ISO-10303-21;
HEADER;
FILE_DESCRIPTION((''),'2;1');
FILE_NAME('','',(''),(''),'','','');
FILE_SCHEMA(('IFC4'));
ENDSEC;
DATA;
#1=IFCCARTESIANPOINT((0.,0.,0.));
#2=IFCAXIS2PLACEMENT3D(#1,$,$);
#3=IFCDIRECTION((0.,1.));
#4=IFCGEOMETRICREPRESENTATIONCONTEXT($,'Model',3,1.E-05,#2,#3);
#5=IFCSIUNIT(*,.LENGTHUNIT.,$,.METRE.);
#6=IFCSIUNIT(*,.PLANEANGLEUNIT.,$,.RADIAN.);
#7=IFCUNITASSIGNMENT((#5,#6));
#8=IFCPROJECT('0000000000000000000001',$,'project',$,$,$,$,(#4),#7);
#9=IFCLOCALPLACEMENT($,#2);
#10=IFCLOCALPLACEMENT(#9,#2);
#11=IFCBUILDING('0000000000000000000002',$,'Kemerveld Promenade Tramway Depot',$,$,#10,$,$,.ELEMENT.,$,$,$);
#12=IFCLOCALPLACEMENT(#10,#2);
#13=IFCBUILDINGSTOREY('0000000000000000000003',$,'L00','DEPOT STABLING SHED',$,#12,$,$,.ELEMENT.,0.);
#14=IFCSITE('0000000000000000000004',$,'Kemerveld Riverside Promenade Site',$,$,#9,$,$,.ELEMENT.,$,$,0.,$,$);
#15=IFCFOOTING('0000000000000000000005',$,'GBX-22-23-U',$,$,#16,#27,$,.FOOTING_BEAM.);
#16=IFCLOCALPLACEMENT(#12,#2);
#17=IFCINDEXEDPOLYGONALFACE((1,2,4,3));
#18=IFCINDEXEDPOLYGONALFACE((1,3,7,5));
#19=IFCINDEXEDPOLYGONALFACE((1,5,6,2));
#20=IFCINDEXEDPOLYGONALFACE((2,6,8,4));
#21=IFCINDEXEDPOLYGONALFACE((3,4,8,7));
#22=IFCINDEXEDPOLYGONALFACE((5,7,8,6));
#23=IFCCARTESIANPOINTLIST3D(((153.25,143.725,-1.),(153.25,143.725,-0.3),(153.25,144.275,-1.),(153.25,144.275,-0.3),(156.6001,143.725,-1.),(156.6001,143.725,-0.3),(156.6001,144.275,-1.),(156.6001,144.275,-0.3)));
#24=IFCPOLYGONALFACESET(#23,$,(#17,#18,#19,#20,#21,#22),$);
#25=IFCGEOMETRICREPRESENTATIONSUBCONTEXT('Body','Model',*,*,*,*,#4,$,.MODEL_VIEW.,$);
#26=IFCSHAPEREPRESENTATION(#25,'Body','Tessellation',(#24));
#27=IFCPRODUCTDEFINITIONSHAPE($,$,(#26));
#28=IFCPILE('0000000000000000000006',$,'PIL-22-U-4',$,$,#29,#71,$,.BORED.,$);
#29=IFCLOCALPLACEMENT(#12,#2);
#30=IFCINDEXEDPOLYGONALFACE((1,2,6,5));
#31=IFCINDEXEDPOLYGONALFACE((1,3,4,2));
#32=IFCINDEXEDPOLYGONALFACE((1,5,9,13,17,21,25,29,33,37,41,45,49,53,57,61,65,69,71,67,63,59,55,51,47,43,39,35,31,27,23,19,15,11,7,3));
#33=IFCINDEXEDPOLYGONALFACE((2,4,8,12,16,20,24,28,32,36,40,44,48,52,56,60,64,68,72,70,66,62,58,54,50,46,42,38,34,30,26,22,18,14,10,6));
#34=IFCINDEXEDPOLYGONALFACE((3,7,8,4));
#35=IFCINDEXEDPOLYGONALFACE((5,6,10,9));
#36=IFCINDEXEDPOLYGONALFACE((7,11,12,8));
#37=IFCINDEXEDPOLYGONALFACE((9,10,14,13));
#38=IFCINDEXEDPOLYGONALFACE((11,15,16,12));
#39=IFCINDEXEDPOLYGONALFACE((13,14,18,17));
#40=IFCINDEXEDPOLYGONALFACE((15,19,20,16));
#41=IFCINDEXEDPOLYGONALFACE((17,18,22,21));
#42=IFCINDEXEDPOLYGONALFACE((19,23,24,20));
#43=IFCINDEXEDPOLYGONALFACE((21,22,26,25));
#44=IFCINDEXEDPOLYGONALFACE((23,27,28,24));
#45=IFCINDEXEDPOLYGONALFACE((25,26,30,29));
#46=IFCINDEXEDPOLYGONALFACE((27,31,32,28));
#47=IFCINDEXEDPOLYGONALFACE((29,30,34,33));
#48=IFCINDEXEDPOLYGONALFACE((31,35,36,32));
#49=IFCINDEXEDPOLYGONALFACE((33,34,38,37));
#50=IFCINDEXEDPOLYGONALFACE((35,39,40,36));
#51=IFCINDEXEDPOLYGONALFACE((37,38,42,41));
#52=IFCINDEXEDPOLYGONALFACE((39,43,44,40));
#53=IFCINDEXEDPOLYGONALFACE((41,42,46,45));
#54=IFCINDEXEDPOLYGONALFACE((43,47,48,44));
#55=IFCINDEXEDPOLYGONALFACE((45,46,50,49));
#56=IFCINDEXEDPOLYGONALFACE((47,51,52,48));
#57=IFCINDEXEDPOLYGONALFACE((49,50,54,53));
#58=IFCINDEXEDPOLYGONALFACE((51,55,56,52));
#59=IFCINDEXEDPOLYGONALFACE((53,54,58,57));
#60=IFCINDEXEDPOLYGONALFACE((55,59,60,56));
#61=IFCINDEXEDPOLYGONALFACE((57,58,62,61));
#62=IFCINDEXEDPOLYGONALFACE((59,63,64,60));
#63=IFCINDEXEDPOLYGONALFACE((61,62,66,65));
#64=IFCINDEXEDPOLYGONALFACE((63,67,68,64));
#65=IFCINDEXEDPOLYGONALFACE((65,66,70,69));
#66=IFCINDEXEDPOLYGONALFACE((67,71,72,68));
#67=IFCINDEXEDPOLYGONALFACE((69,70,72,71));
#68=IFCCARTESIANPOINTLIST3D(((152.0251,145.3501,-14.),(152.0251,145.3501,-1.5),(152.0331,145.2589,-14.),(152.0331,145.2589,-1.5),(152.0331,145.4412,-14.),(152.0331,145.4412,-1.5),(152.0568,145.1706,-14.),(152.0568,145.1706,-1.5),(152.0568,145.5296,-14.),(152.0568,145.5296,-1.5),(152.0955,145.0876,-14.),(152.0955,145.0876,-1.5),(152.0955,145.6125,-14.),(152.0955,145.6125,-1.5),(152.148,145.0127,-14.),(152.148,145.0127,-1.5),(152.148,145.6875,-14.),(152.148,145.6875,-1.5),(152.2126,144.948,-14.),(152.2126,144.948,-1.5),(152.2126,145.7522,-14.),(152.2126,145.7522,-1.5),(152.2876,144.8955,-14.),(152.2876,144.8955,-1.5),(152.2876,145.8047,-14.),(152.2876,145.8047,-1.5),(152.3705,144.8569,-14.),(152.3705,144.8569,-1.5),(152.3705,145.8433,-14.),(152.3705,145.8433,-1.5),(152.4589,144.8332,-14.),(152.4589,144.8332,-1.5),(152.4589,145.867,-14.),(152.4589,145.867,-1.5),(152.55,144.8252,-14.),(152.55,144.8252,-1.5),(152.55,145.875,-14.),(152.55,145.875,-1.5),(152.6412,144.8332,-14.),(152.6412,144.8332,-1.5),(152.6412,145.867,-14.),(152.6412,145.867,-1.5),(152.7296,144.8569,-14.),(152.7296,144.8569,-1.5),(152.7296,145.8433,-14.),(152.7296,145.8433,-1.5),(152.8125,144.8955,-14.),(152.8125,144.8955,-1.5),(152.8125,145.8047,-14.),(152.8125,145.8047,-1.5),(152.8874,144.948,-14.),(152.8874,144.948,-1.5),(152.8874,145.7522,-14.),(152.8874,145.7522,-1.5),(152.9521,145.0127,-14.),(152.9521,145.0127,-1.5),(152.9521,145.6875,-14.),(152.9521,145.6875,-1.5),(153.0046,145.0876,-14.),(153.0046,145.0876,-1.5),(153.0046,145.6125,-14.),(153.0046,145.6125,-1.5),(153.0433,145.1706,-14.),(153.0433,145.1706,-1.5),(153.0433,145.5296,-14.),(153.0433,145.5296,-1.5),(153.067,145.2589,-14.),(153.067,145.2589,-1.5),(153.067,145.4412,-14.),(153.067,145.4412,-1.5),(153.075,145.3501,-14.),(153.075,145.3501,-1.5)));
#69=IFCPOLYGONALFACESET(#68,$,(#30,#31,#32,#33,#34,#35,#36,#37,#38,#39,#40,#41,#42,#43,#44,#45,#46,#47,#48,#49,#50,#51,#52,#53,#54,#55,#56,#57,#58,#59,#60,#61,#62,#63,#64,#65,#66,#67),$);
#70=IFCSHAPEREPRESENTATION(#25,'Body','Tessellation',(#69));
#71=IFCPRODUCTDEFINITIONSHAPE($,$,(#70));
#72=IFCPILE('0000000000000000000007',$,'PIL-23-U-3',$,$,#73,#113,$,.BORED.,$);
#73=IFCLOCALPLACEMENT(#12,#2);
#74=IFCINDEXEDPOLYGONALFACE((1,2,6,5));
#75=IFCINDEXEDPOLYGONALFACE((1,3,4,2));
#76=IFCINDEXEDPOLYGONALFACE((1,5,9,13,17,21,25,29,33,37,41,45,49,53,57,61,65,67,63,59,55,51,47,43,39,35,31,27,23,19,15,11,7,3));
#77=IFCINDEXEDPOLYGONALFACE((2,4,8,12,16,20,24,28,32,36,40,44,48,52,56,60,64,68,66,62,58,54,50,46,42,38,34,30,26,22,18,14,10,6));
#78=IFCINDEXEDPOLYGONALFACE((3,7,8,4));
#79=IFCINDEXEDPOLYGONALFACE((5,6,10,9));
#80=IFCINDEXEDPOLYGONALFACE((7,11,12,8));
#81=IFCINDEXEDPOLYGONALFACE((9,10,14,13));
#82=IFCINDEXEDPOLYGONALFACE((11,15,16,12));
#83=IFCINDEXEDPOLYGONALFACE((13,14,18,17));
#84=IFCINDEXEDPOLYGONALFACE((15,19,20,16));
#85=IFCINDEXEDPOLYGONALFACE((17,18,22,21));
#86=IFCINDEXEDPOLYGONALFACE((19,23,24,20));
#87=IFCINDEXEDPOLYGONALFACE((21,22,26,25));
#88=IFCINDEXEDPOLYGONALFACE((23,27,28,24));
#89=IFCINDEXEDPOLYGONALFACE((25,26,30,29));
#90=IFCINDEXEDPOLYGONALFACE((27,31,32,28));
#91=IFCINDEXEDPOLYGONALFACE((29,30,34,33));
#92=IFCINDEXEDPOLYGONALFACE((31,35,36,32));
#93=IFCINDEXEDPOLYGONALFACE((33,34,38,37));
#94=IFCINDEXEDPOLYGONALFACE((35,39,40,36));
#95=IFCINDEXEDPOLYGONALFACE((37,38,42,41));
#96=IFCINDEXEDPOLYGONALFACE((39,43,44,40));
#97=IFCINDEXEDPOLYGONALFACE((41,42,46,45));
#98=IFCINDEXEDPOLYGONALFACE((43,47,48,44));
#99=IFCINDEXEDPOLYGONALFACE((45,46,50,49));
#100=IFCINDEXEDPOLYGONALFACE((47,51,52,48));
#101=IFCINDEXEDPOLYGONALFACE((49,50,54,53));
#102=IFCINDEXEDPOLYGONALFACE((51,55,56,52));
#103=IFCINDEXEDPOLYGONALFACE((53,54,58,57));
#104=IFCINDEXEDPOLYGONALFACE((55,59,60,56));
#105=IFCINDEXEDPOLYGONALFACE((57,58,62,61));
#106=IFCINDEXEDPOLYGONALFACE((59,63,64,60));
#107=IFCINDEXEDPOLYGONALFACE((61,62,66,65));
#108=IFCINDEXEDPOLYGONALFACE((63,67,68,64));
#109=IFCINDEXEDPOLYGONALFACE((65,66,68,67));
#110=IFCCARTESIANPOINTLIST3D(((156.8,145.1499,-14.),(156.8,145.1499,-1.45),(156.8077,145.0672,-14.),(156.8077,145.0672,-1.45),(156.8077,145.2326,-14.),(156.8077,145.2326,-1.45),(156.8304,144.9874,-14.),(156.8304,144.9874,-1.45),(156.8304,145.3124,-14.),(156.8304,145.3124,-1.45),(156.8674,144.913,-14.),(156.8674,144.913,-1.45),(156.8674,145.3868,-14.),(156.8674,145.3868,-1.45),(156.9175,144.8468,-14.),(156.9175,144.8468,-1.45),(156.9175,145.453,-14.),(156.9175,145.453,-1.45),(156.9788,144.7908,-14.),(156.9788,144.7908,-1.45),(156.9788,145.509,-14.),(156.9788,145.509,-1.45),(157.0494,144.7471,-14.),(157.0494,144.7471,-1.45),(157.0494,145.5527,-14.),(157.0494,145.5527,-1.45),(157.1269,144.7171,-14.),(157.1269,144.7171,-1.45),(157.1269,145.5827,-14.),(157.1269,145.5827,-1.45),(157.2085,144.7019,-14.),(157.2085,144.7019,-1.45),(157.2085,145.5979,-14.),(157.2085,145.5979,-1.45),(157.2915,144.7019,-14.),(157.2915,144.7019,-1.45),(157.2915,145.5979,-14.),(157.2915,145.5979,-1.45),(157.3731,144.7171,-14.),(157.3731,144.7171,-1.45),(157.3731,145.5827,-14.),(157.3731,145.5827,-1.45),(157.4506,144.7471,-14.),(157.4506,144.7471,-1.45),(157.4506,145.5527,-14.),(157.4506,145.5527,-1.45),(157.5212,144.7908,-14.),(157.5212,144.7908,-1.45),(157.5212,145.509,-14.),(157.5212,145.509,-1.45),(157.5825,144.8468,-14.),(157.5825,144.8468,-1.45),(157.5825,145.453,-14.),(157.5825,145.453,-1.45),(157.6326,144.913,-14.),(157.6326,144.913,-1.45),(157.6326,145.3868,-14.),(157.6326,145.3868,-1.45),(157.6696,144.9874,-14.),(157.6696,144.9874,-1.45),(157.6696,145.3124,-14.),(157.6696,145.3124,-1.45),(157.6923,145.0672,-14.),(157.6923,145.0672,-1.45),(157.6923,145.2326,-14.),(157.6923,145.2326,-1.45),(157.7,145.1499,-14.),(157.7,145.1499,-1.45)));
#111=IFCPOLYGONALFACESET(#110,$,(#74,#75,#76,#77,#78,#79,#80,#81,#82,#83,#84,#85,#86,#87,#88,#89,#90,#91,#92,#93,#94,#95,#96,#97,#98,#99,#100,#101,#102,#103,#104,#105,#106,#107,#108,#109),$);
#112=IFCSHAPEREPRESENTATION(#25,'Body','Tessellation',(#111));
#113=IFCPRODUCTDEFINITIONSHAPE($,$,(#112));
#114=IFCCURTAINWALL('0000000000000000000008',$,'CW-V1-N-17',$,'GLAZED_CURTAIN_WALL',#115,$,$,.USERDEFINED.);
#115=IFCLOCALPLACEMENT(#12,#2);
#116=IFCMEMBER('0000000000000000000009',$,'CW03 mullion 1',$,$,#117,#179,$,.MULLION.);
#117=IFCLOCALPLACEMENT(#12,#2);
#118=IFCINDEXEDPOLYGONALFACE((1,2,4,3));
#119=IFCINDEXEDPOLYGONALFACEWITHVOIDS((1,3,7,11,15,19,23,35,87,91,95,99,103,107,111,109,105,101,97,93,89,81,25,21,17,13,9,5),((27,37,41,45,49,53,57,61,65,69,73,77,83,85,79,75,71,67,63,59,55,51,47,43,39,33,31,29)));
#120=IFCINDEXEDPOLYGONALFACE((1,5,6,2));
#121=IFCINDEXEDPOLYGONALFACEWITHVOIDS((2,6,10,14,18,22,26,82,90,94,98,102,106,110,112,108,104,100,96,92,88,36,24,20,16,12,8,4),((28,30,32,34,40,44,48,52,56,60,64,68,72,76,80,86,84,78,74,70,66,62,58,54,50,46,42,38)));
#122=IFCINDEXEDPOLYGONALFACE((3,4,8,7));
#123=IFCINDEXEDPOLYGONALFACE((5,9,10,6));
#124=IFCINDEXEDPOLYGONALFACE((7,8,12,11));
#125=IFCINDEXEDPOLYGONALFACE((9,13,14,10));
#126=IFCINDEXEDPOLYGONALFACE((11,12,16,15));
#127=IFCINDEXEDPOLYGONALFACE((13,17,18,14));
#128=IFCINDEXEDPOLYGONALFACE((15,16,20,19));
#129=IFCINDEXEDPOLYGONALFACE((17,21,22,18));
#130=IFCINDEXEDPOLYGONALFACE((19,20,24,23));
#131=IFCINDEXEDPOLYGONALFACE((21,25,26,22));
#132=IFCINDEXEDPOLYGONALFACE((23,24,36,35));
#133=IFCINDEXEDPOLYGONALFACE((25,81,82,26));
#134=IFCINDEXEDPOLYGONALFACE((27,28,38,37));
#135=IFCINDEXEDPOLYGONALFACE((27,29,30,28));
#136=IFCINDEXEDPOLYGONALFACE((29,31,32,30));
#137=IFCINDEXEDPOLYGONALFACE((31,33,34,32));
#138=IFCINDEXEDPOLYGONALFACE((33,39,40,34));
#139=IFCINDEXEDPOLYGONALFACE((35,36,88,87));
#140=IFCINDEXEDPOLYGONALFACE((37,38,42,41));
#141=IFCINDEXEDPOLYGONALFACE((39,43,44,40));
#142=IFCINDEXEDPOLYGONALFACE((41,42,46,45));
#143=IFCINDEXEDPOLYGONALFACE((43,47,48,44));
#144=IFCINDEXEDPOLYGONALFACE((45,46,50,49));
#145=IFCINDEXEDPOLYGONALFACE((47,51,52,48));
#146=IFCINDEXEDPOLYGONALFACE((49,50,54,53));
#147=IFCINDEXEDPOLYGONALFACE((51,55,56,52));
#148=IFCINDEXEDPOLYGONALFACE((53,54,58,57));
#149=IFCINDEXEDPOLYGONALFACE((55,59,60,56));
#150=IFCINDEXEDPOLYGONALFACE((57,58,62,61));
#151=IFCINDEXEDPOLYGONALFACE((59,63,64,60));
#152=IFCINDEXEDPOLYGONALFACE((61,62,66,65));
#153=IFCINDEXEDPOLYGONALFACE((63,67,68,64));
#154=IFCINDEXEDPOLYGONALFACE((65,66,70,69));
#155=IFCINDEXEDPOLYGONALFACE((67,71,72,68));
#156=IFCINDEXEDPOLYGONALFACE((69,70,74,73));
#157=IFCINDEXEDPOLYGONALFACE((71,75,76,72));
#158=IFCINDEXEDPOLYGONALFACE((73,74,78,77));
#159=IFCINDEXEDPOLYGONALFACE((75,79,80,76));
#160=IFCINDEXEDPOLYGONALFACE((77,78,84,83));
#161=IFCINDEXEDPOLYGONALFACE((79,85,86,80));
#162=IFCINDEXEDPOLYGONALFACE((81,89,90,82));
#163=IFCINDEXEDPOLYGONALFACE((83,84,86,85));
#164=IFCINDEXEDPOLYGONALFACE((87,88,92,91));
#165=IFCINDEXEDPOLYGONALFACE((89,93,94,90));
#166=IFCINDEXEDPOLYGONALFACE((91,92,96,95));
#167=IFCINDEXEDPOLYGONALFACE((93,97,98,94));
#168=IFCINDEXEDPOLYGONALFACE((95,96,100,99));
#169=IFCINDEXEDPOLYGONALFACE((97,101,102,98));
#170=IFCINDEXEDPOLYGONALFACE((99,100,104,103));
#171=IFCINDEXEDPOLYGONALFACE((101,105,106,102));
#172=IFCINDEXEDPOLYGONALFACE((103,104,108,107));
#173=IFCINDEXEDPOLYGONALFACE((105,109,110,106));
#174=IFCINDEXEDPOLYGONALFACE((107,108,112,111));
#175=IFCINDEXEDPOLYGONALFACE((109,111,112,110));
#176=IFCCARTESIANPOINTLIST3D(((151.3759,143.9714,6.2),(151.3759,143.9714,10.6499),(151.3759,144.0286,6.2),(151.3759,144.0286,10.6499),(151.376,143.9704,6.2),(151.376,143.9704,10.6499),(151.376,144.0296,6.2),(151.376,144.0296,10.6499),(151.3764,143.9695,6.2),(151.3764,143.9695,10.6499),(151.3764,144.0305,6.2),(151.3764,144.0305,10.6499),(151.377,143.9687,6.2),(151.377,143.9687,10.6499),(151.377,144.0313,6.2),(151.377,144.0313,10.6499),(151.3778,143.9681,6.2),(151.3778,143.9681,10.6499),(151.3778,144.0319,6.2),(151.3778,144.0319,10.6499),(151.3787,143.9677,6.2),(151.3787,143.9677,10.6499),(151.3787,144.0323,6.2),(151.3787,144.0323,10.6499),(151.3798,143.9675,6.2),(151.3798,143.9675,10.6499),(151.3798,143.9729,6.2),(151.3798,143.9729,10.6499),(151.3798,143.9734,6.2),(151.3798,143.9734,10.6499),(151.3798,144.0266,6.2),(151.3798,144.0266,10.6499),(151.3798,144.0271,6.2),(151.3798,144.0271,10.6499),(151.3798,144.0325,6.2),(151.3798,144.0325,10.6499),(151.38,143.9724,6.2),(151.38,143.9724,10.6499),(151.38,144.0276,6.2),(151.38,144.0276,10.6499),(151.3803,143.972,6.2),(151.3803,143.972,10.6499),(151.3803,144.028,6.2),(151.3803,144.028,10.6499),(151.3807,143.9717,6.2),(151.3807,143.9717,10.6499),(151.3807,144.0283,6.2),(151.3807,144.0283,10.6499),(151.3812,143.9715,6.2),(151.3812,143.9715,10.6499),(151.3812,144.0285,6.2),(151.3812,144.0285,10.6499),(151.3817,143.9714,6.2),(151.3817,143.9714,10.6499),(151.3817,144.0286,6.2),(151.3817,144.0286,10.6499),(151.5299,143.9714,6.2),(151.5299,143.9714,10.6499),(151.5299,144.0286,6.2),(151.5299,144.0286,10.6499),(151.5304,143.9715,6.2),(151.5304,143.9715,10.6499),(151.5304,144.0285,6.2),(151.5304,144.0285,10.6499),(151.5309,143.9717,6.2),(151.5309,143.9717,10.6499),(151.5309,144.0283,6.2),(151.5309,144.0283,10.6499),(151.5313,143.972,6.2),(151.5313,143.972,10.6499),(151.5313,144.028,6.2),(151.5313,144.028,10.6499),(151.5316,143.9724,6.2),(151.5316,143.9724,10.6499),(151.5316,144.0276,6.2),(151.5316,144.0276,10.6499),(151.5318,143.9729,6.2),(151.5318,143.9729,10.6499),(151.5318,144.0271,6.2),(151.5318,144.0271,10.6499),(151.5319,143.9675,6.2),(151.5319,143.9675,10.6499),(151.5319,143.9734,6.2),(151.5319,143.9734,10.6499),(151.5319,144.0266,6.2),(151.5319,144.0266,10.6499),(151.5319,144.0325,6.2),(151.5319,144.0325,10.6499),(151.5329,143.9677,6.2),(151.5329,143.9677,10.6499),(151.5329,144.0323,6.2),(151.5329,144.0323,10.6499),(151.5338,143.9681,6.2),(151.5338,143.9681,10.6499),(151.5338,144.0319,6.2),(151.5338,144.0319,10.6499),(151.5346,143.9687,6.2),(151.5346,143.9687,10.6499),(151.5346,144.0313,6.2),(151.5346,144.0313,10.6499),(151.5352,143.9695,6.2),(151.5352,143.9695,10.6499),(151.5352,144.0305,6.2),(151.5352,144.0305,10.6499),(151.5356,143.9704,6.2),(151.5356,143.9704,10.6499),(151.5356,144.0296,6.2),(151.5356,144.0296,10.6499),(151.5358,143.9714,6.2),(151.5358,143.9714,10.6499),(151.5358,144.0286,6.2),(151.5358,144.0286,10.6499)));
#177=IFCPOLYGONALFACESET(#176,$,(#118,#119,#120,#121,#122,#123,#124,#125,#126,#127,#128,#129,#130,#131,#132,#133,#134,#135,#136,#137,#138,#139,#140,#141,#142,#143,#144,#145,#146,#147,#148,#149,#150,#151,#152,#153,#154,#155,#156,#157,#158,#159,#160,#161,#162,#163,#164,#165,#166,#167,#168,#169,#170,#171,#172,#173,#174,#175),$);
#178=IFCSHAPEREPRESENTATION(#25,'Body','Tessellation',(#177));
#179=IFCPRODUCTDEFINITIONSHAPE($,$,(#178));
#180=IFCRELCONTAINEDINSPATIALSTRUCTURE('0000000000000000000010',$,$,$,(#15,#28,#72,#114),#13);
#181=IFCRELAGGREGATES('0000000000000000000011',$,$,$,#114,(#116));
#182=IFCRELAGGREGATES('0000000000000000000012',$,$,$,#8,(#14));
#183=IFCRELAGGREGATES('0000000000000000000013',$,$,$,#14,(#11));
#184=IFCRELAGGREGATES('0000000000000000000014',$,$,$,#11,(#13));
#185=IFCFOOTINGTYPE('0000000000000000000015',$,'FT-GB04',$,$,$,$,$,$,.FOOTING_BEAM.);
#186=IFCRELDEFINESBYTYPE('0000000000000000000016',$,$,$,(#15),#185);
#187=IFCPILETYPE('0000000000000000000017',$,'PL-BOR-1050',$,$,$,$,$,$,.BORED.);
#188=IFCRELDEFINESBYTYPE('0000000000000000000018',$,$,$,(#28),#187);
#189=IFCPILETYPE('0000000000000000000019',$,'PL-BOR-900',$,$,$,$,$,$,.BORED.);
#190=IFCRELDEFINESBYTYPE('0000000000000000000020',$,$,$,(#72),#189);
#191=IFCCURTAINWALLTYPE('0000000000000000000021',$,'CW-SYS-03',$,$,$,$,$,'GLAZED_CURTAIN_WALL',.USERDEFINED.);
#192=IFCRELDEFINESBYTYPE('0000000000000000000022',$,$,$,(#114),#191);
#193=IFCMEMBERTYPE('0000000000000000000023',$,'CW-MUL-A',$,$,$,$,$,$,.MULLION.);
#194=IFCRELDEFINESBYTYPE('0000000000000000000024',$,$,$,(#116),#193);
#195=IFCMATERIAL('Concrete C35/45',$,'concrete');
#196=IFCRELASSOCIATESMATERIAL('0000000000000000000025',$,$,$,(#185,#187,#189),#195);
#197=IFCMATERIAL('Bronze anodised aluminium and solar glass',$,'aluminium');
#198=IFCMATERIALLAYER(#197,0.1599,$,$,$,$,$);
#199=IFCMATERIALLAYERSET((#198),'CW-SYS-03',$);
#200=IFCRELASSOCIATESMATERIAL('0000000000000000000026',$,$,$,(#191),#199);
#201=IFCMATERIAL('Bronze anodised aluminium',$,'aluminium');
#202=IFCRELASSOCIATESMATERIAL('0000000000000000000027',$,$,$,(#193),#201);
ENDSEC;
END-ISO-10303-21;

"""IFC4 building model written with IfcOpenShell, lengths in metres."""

from ifc_helpers import new_model, si_unit, direction, frame, origin, origin_2d, place, context, subcontext, project, spatial, rectangle, hollow_rectangle, circle, extrude, material, layer, layer_set, material_profile, profile_set, type_object, element, aggregate, save


model = new_model("IFC4")

# Units and contexts
model_context = context("Model", 3, precision=1e-05, world=origin(), true_north=direction((0.0, 1.0)))
body_context = subcontext(model_context, "Body", "Model", "MODEL_VIEW")
ifc_project = project(units=[si_unit("LENGTHUNIT", "METRE"), si_unit("PLANEANGLEUNIT", "RADIAN")], contexts=[model_context])

# Site, building, storey
site_placement = place(None, origin())
site = spatial("IfcSite", under=ifc_project, at=site_placement, Name="Kemerveld Riverside Promenade Site", CompositionType="ELEMENT", RefElevation=0.0)
building_placement = place(site_placement, origin())
building = spatial("IfcBuilding", under=site, at=building_placement, Name="Kemerveld Promenade Tramway Depot", CompositionType="ELEMENT")
storey_placement = place(building_placement, origin())
storey = spatial("IfcBuildingStorey", under=building, at=storey_placement, Name="L00", Description="DEPOT STABLING SHED", CompositionType="ELEMENT", Elevation=0.0)

# Footing
ifc_material_1 = material(Name="Concrete C35/45", Category="concrete")
footing_type = type_object("IfcFootingType", Name="FT-GB04", PredefinedType="FOOTING_BEAM", material=ifc_material_1)
footing_placement = place(storey_placement, frame((154.925, 144.0, -1.0), z_axis=(0.0, 0.0, 1.0), x_axis=(1.0, 0.0, 0.0)))
element("IfcFooting", 1, at=footing_placement, inside=storey, type_object=footing_type, Name="GBX-22-23-U", PredefinedType="FOOTING_BEAM", context=body_context, shape_type="SweptSolid", body=[
    extrude(rectangle(XDim=3.3501, YDim=0.55, at=origin_2d()), origin(), (0.0, 0.0, 1.0), 0.7),
])

# Piles
ifc_material_profile_1 = material_profile(ifc_material_1, circle(Radius=0.5249, at=origin_2d()), Name="PILE-D1050")
ifc_profile_set_1 = profile_set([ifc_material_profile_1], Name="Concrete C35/45")
pile_type_1 = type_object("IfcPileType", Name="PL-BOR-1050", PredefinedType="BORED", material=ifc_profile_set_1)
pile_1_placement = place(storey_placement, frame((152.55, 145.3501, -1.5), z_axis=(0.0, 0.0, -1.0), x_axis=(1.0, 0.0, 0.0)))
element("IfcPile", 2, at=pile_1_placement, inside=storey, type_object=pile_type_1, Name="PIL-22-U-4", PredefinedType="BORED", context=body_context, shape_type="SweptSolid", body=[
    extrude(circle(Radius=0.5249, at=origin_2d()), origin(), (0.0, 0.0, 1.0), 12.5),
])
ifc_material_profile_2 = material_profile(ifc_material_1, circle(Radius=0.45, at=origin_2d()), Name="PILE-D900")
ifc_profile_set_2 = profile_set([ifc_material_profile_2], Name="Concrete C35/45")
pile_type_2 = type_object("IfcPileType", Name="PL-BOR-900", PredefinedType="BORED", material=ifc_profile_set_2)
pile_2_placement = place(storey_placement, frame((157.25, 145.1499, -1.45), z_axis=(0.0, 0.0, -1.0), x_axis=(1.0, 0.0, 0.0)))
element("IfcPile", 3, at=pile_2_placement, inside=storey, type_object=pile_type_2, Name="PIL-23-U-3", PredefinedType="BORED", context=body_context, shape_type="SweptSolid", body=[
    extrude(circle(Radius=0.45, at=origin_2d()), origin(), (0.0, 0.0, 1.0), 12.55),
])

# Curtain wall, member
ifc_material_2 = material(Name="Bronze anodised aluminium and solar glass", Category="aluminium")
ifc_layer_1 = layer(ifc_material_2, 0.1599)
ifc_layer_set_1 = layer_set([ifc_layer_1], Name="CW-SYS-03")
curtain_wall_type = type_object("IfcCurtainWallType", Name="CW-SYS-03", ElementType="GLAZED_CURTAIN_WALL", PredefinedType="USERDEFINED", material=ifc_layer_set_1)
curtain_wall_placement = place(storey_placement, origin())
curtain_wall = element("IfcCurtainWall", 4, at=curtain_wall_placement, inside=storey, type_object=curtain_wall_type, Name="CW-V1-N-17", ObjectType="GLAZED_CURTAIN_WALL", PredefinedType="USERDEFINED")
ifc_material_3 = material(Name="Bronze anodised aluminium", Category="aluminium")
ifc_material_profile_3 = material_profile(ifc_material_3, hollow_rectangle(XDim=0.0649, YDim=0.1599, WallThickness=0.0039, InnerFilletRadius=0.002, OuterFilletRadius=0.0039, at=origin_2d()), Name="CW-MUL-160x65")
ifc_profile_set_3 = profile_set([ifc_material_profile_3], Name="Bronze anodised aluminium")
member_type_1 = type_object("IfcMemberType", Name="CW-MUL-A", PredefinedType="MULLION", material=ifc_profile_set_3)
member_1_placement = place(storey_placement, frame((151.4558, 144.0, 6.2), z_axis=(0.0, 0.0, 1.0), x_axis=(0.0, 1.0, 0.0)))
member_1 = element("IfcMember", 5, at=member_1_placement, type_object=member_type_1, Name="CW03 mullion 1", PredefinedType="MULLION", context=body_context, shape_type="SweptSolid", body=[
    extrude(hollow_rectangle(XDim=0.0649, YDim=0.1599, WallThickness=0.0039, InnerFilletRadius=0.002, OuterFilletRadius=0.0039, at=origin_2d()), origin(), (0.0, 0.0, 1.0), 4.45),
])
aggregate(curtain_wall, [member_1])

save(model, "model.ifc")
